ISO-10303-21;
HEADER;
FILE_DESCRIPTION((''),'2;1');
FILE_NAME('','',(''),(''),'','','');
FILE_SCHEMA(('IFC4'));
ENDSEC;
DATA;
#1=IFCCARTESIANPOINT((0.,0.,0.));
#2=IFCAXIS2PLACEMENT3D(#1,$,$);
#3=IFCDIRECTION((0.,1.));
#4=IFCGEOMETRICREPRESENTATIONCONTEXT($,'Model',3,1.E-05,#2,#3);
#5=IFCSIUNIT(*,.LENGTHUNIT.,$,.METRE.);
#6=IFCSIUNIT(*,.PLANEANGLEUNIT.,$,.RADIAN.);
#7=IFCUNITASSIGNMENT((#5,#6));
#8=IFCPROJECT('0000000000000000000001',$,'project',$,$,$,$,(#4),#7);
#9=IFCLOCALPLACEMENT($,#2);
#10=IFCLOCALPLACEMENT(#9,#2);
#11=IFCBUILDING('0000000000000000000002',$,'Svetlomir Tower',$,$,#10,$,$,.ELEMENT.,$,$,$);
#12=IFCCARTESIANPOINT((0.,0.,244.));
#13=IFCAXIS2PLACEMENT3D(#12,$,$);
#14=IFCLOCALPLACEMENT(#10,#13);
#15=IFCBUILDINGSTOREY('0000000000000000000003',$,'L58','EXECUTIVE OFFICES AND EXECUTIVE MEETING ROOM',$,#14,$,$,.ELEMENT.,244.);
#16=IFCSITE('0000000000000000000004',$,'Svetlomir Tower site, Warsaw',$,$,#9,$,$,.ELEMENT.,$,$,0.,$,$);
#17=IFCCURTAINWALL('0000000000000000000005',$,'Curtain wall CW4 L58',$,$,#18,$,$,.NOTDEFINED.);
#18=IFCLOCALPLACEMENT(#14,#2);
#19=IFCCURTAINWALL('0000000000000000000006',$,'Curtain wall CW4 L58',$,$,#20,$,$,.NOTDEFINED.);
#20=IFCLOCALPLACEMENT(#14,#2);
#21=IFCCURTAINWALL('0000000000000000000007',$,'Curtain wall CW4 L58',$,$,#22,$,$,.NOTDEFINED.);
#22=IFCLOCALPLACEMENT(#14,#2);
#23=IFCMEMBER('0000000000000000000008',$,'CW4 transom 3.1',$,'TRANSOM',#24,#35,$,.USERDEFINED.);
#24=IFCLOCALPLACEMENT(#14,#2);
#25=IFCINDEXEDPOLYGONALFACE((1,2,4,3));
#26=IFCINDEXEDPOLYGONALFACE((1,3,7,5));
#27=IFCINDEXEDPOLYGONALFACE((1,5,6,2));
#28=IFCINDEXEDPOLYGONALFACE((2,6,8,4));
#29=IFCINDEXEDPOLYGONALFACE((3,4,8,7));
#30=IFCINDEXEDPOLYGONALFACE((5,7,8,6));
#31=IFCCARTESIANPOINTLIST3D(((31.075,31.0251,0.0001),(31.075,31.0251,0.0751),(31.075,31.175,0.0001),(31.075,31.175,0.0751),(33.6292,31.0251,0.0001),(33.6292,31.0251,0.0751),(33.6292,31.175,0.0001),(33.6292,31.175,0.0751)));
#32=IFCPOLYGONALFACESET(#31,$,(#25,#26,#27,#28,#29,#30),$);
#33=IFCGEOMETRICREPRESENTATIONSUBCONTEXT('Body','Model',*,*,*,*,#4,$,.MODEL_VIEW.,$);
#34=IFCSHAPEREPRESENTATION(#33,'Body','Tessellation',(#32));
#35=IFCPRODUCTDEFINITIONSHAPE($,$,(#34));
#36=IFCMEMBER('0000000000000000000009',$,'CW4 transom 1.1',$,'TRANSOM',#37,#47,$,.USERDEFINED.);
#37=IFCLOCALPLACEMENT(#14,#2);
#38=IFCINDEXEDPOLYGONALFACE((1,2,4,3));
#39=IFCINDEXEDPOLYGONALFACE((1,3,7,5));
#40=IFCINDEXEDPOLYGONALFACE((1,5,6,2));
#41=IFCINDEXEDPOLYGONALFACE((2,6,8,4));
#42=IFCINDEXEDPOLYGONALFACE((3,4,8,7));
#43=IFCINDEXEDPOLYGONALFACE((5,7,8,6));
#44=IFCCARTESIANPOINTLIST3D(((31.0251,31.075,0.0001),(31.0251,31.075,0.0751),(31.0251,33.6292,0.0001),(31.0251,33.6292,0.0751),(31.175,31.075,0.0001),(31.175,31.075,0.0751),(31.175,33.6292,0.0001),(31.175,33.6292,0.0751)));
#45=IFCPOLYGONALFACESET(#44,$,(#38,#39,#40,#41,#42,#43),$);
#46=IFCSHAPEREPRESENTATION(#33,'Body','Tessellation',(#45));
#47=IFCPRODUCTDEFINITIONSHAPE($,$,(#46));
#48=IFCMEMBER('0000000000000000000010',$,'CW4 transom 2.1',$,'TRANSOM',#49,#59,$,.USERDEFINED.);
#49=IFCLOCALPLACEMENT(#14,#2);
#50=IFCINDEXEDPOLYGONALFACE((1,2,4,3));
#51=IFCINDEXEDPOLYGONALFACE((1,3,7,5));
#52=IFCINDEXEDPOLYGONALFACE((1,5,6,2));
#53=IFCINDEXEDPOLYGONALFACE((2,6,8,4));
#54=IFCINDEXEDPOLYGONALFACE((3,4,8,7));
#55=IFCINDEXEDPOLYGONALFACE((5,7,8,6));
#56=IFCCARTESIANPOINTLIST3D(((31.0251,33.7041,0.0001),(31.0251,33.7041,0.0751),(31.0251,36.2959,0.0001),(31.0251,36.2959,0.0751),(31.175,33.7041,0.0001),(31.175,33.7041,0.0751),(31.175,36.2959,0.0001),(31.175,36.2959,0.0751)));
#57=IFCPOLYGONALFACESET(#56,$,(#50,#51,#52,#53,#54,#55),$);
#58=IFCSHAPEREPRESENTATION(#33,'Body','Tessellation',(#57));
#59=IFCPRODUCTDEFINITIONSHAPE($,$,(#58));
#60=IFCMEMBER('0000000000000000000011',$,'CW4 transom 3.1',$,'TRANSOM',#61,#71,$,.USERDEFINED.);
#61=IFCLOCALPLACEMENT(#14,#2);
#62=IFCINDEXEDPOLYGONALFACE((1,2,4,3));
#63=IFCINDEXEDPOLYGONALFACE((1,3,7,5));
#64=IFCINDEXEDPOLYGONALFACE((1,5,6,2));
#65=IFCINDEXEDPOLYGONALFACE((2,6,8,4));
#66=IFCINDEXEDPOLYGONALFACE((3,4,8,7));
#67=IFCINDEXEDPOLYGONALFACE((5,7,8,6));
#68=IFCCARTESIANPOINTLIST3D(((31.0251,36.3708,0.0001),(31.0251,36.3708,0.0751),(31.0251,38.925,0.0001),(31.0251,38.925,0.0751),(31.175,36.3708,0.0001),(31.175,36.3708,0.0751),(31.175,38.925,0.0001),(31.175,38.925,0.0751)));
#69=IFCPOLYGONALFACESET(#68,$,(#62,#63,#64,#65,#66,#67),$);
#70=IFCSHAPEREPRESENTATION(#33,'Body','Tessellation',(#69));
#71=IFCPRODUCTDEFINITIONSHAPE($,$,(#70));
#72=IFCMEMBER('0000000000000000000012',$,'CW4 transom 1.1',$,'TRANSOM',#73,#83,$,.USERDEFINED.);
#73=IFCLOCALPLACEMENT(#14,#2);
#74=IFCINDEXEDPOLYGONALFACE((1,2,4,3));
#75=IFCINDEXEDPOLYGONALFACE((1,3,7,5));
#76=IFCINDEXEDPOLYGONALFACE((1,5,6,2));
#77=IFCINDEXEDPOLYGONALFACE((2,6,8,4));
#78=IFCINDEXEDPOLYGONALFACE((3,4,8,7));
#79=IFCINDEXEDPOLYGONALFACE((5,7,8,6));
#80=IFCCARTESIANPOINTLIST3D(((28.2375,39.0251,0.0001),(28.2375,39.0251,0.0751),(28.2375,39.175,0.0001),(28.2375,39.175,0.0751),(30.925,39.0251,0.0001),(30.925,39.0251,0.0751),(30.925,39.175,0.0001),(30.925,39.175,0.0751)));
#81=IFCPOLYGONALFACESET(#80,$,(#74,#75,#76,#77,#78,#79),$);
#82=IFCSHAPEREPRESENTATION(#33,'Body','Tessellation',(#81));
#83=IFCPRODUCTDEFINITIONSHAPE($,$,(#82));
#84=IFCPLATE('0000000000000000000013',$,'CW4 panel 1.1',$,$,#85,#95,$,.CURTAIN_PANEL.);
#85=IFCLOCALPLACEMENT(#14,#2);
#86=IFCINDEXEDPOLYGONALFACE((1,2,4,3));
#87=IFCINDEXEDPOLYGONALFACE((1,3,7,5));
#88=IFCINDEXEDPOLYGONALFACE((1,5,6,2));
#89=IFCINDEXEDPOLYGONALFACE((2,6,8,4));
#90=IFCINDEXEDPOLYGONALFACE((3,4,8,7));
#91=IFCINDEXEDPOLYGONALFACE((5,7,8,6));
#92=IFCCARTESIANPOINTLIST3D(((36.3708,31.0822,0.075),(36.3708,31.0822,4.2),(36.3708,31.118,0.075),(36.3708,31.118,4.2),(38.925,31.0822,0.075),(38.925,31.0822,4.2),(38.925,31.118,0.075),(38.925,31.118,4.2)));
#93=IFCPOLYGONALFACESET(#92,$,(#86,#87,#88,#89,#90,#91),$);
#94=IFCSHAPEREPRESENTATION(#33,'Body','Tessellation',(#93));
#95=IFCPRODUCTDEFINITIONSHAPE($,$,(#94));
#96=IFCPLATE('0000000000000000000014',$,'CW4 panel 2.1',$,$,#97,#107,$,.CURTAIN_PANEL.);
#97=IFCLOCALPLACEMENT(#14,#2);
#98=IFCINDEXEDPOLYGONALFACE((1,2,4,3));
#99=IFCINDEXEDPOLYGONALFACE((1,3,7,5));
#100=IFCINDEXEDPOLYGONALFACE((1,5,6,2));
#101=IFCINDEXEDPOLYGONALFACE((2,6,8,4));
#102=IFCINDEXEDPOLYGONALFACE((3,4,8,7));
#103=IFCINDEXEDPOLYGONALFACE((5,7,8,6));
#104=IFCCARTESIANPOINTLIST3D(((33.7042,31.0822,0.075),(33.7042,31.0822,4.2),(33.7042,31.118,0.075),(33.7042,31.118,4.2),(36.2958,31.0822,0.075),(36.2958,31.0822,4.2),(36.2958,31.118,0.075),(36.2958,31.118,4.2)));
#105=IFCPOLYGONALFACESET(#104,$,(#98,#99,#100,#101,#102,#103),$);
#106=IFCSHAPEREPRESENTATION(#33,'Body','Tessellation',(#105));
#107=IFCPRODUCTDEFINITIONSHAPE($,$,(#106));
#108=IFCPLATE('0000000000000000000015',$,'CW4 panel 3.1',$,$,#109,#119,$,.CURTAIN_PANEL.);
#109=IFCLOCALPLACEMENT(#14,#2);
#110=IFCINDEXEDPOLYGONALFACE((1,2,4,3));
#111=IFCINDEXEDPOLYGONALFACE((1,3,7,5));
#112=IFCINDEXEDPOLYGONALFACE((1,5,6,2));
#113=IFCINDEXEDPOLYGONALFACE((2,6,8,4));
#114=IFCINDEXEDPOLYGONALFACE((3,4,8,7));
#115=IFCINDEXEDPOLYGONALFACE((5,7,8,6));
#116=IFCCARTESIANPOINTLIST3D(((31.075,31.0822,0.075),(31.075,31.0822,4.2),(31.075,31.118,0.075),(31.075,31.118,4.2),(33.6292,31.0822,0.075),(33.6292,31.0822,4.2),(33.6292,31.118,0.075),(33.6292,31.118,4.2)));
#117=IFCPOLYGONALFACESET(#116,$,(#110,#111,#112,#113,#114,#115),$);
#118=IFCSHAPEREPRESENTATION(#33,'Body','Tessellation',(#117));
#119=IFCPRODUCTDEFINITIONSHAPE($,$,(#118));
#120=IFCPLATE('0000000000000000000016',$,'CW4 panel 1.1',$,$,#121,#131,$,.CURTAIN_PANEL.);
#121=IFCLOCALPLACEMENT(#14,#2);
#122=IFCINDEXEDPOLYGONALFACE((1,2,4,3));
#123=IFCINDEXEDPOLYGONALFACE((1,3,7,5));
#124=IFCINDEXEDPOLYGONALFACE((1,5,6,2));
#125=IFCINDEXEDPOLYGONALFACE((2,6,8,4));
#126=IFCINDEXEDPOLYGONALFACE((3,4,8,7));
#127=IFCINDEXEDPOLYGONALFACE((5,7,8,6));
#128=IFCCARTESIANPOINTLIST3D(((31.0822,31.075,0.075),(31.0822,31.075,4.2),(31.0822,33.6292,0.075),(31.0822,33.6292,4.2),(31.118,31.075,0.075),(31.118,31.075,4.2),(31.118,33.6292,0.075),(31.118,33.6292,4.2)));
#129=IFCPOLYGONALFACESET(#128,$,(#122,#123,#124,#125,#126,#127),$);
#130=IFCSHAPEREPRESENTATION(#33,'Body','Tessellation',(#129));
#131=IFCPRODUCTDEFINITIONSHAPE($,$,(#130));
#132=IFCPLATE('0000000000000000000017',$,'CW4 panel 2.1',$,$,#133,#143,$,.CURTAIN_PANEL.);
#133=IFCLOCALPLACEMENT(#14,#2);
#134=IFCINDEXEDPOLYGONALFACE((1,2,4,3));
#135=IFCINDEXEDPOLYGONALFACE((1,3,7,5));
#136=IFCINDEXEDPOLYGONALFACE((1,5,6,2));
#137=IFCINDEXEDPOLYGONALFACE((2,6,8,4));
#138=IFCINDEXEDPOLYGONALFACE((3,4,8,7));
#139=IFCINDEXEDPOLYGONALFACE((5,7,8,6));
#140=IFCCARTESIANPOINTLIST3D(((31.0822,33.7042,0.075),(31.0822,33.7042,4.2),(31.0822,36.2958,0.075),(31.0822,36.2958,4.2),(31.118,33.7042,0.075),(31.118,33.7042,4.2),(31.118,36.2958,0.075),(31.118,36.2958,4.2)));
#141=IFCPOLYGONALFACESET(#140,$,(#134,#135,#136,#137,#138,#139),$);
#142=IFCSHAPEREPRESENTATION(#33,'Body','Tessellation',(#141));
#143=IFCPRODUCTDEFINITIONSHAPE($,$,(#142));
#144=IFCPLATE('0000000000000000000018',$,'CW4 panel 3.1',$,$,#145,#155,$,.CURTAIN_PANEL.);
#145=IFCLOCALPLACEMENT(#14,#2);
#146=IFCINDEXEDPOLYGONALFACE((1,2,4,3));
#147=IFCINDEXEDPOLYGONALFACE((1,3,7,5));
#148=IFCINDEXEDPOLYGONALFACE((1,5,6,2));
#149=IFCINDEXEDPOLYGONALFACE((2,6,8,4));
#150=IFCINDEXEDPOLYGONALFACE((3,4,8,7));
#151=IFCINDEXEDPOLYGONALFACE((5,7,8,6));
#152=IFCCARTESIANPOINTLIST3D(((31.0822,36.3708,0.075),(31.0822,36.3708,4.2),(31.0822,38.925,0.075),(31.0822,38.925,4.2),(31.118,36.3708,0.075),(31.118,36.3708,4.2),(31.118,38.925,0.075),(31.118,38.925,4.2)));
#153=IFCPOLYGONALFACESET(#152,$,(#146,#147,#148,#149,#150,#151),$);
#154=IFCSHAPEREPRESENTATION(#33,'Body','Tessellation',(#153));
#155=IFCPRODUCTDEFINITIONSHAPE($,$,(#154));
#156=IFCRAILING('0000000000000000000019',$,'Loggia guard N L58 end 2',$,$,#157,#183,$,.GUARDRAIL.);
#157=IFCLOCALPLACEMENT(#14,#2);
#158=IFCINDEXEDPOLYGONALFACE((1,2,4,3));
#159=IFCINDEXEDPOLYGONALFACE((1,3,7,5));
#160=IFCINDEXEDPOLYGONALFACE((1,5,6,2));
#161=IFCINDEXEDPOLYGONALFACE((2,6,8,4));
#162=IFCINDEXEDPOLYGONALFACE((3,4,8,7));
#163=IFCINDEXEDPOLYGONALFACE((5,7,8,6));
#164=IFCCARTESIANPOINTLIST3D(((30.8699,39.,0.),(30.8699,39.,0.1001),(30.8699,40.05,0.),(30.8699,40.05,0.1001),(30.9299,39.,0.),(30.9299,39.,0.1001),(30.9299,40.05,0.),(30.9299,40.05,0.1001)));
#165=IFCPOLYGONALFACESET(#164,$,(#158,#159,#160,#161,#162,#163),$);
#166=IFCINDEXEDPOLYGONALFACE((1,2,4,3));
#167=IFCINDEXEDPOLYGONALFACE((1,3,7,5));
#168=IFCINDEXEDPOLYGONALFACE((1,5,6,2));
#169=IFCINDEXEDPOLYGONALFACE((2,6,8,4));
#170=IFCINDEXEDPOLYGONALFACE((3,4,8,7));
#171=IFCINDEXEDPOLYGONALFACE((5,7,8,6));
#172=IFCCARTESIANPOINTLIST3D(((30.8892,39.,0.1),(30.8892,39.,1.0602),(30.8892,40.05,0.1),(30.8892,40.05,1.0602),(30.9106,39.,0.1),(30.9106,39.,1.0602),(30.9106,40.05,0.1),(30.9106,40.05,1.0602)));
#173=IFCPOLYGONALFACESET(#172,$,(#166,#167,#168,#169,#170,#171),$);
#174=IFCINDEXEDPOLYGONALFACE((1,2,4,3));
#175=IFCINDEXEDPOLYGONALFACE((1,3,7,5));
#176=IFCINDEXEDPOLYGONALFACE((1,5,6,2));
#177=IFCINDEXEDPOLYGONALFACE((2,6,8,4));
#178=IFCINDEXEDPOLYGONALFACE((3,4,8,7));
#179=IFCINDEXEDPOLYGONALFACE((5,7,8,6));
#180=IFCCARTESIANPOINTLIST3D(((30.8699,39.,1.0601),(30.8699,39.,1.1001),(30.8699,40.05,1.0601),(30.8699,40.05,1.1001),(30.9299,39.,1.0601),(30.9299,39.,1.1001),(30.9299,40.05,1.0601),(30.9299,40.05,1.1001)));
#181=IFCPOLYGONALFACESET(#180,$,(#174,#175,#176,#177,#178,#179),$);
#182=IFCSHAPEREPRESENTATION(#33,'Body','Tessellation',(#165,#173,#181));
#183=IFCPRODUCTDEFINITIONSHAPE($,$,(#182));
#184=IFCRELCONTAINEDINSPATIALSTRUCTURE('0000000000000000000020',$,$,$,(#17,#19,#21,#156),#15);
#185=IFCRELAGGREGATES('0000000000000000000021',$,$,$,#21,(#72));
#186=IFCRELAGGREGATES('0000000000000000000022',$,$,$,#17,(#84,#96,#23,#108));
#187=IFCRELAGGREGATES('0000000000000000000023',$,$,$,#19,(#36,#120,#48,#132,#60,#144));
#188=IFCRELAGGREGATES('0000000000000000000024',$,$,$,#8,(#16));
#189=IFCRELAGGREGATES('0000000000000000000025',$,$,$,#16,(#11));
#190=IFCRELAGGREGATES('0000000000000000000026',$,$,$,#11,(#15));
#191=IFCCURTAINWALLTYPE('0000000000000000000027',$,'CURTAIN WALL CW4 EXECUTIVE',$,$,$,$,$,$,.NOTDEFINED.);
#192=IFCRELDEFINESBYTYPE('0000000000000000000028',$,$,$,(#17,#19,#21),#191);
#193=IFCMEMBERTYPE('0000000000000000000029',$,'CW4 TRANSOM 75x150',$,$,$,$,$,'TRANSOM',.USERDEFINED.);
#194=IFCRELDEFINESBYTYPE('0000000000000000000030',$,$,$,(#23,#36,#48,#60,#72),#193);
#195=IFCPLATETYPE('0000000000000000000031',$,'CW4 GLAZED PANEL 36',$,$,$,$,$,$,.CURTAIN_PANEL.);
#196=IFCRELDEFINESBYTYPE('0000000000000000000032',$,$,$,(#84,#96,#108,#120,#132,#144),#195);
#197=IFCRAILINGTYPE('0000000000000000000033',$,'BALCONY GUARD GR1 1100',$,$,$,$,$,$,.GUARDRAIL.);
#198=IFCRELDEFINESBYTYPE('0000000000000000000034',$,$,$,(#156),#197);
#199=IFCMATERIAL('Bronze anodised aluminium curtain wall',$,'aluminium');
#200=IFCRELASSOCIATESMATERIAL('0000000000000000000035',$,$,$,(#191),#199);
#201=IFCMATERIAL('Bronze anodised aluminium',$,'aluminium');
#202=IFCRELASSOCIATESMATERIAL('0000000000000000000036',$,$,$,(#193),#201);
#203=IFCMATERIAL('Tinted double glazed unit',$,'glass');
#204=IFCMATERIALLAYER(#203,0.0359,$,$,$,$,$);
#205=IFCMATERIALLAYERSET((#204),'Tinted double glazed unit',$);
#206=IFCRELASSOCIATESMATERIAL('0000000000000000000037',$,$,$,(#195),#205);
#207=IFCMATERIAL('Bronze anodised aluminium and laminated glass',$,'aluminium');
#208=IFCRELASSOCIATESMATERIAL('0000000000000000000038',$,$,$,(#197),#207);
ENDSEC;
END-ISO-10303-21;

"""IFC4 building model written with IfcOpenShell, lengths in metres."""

from ifc_helpers import new_model, si_unit, direction, frame, origin, origin_2d, place, context, subcontext, project, spatial, rectangle, extrude, material, layer, layer_set, material_profile, profile_set, type_object, element, aggregate, save


model = new_model("IFC4")

# Units and contexts
model_context = context("Model", 3, precision=1e-05, world=origin(), true_north=direction((0.0, 1.0)))
body_context = subcontext(model_context, "Body", "Model", "MODEL_VIEW")
ifc_project = project(units=[si_unit("LENGTHUNIT", "METRE"), si_unit("PLANEANGLEUNIT", "RADIAN")], contexts=[model_context])

# Site, building, storey
site_placement = place(None, origin())
site = spatial("IfcSite", under=ifc_project, at=site_placement, Name="Svetlomir Tower site, Warsaw", CompositionType="ELEMENT", RefElevation=0.0)
building_placement = place(site_placement, origin())
building = spatial("IfcBuilding", under=site, at=building_placement, Name="Svetlomir Tower", CompositionType="ELEMENT")
storey_placement = place(building_placement, frame((0.0, 0.0, 244.0)))
storey = spatial("IfcBuildingStorey", under=building, at=storey_placement, Name="L58", Description="EXECUTIVE OFFICES AND EXECUTIVE MEETING ROOM", CompositionType="ELEMENT", Elevation=244.0)

# Curtain walls
ifc_material_1 = material(Name="Bronze anodised aluminium curtain wall", Category="aluminium")
curtain_wall_type = type_object("IfcCurtainWallType", Name="CURTAIN WALL CW4 EXECUTIVE", PredefinedType="NOTDEFINED", material=ifc_material_1)
curtain_wall_1_placement = place(storey_placement, origin())
curtain_wall_1 = element("IfcCurtainWall", 1, at=curtain_wall_1_placement, inside=storey, type_object=curtain_wall_type, Name="Curtain wall CW4 L58", PredefinedType="NOTDEFINED")
curtain_wall_2_placement = place(storey_placement, origin())
curtain_wall_2 = element("IfcCurtainWall", 2, at=curtain_wall_2_placement, inside=storey, type_object=curtain_wall_type, Name="Curtain wall CW4 L58", PredefinedType="NOTDEFINED")

# Curtain wall
curtain_wall_3_placement = place(storey_placement, origin())
curtain_wall_3 = element("IfcCurtainWall", 3, at=curtain_wall_3_placement, inside=storey, type_object=curtain_wall_type, Name="Curtain wall CW4 L58", PredefinedType="NOTDEFINED")

# Members
ifc_material_2 = material(Name="Bronze anodised aluminium", Category="aluminium")
ifc_material_profile_1 = material_profile(ifc_material_2, rectangle(XDim=0.1499, YDim=0.075, at=origin_2d()), Name="AL 150x75")
ifc_profile_set_1 = profile_set([ifc_material_profile_1], Name="Bronze anodised aluminium 6063-T6")
member_type_1 = type_object("IfcMemberType", Name="CW4 TRANSOM 75x150", ElementType="TRANSOM", PredefinedType="USERDEFINED", material=ifc_profile_set_1)
member_1_placement = place(storey_placement, frame((33.6292, 31.1001, 0.0376), z_axis=(-1.0, 0.0, 0.0), x_axis=(0.0, -1.0, 0.0)))
member_1 = element("IfcMember", 4, at=member_1_placement, type_object=member_type_1, Name="CW4 transom 3.1", ObjectType="TRANSOM", PredefinedType="USERDEFINED", context=body_context, shape_type="SweptSolid", body=[
    extrude(rectangle(XDim=0.1499, YDim=0.075, at=origin_2d()), origin(), (0.0, 0.0, 1.0), 2.5542),
])
member_2_placement = place(storey_placement, frame((31.1001, 31.075, 0.0376), z_axis=(0.0, 1.0, 0.0), x_axis=(-1.0, 0.0, 0.0)))
member_2 = element("IfcMember", 5, at=member_2_placement, type_object=member_type_1, Name="CW4 transom 1.1", ObjectType="TRANSOM", PredefinedType="USERDEFINED", context=body_context, shape_type="SweptSolid", body=[
    extrude(rectangle(XDim=0.1499, YDim=0.075, at=origin_2d()), origin(), (0.0, 0.0, 1.0), 2.5542),
])
member_3_placement = place(storey_placement, frame((31.1001, 33.7041, 0.0376), z_axis=(0.0, 1.0, 0.0), x_axis=(-1.0, 0.0, 0.0)))
member_3 = element("IfcMember", 6, at=member_3_placement, type_object=member_type_1, Name="CW4 transom 2.1", ObjectType="TRANSOM", PredefinedType="USERDEFINED", context=body_context, shape_type="SweptSolid", body=[
    extrude(rectangle(XDim=0.1499, YDim=0.075, at=origin_2d()), origin(), (0.0, 0.0, 1.0), 2.5918),
])
member_4_placement = place(storey_placement, frame((31.1001, 36.3708, 0.0376), z_axis=(0.0, 1.0, 0.0), x_axis=(-1.0, 0.0, 0.0)))
member_4 = element("IfcMember", 7, at=member_4_placement, type_object=member_type_1, Name="CW4 transom 3.1", ObjectType="TRANSOM", PredefinedType="USERDEFINED", context=body_context, shape_type="SweptSolid", body=[
    extrude(rectangle(XDim=0.1499, YDim=0.075, at=origin_2d()), origin(), (0.0, 0.0, 1.0), 2.5542),
])
member_5_placement = place(storey_placement, frame((30.925, 39.1001, 0.0376), z_axis=(-1.0, 0.0, 0.0), x_axis=(0.0, -1.0, 0.0)))
member_5 = element("IfcMember", 8, at=member_5_placement, type_object=member_type_1, Name="CW4 transom 1.1", ObjectType="TRANSOM", PredefinedType="USERDEFINED", context=body_context, shape_type="SweptSolid", body=[
    extrude(rectangle(XDim=0.1499, YDim=0.075, at=origin_2d()), origin(), (0.0, 0.0, 1.0), 2.6875),
])
aggregate(curtain_wall_3, [member_5])

# Plates
ifc_material_3 = material(Name="Tinted double glazed unit", Category="glass")
ifc_layer = layer(ifc_material_3, 0.0359)
ifc_layer_set = layer_set([ifc_layer], Name="Tinted double glazed unit")
plate_type = type_object("IfcPlateType", Name="CW4 GLAZED PANEL 36", PredefinedType="CURTAIN_PANEL", material=ifc_layer_set)
plate_1_placement = place(storey_placement, frame((37.6479, 31.1001, 0.075), z_axis=(0.0, 0.0, 1.0), x_axis=(-1.0, 0.0, 0.0)))
plate_1 = element("IfcPlate", 9, at=plate_1_placement, type_object=plate_type, Name="CW4 panel 1.1", PredefinedType="CURTAIN_PANEL", context=body_context, shape_type="SweptSolid", body=[
    extrude(rectangle(XDim=2.5542, YDim=0.0359, at=origin_2d()), origin(), (0.0, 0.0, 1.0), 4.125),
])
plate_2_placement = place(storey_placement, frame((35.0, 31.1001, 0.075), z_axis=(0.0, 0.0, 1.0), x_axis=(-1.0, 0.0, 0.0)))
plate_2 = element("IfcPlate", 10, at=plate_2_placement, type_object=plate_type, Name="CW4 panel 2.1", PredefinedType="CURTAIN_PANEL", context=body_context, shape_type="SweptSolid", body=[
    extrude(rectangle(XDim=2.5916, YDim=0.0359, at=origin_2d()), origin(), (0.0, 0.0, 1.0), 4.125),
])
plate_3_placement = place(storey_placement, frame((32.3521, 31.1001, 0.075), z_axis=(0.0, 0.0, 1.0), x_axis=(-1.0, 0.0, 0.0)))
plate_3 = element("IfcPlate", 11, at=plate_3_placement, type_object=plate_type, Name="CW4 panel 3.1", PredefinedType="CURTAIN_PANEL", context=body_context, shape_type="SweptSolid", body=[
    extrude(rectangle(XDim=2.5542, YDim=0.0359, at=origin_2d()), origin(), (0.0, 0.0, 1.0), 4.125),
])
aggregate(curtain_wall_1, [plate_1, plate_2, member_1, plate_3])
plate_4_placement = place(storey_placement, frame((31.1001, 32.3521, 0.075), z_axis=(0.0, 0.0, 1.0), x_axis=(0.0, 1.0, 0.0)))
plate_4 = element("IfcPlate", 12, at=plate_4_placement, type_object=plate_type, Name="CW4 panel 1.1", PredefinedType="CURTAIN_PANEL", context=body_context, shape_type="SweptSolid", body=[
    extrude(rectangle(XDim=2.5542, YDim=0.0359, at=origin_2d()), origin(), (0.0, 0.0, 1.0), 4.125),
])
plate_5_placement = place(storey_placement, frame((31.1001, 35.0, 0.075), z_axis=(0.0, 0.0, 1.0), x_axis=(0.0, 1.0, 0.0)))
plate_5 = element("IfcPlate", 13, at=plate_5_placement, type_object=plate_type, Name="CW4 panel 2.1", PredefinedType="CURTAIN_PANEL", context=body_context, shape_type="SweptSolid", body=[
    extrude(rectangle(XDim=2.5916, YDim=0.0359, at=origin_2d()), origin(), (0.0, 0.0, 1.0), 4.125),
])
plate_6_placement = place(storey_placement, frame((31.1001, 37.6479, 0.075), z_axis=(0.0, 0.0, 1.0), x_axis=(0.0, 1.0, 0.0)))
plate_6 = element("IfcPlate", 14, at=plate_6_placement, type_object=plate_type, Name="CW4 panel 3.1", PredefinedType="CURTAIN_PANEL", context=body_context, shape_type="SweptSolid", body=[
    extrude(rectangle(XDim=2.5542, YDim=0.0359, at=origin_2d()), origin(), (0.0, 0.0, 1.0), 4.125),
])
aggregate(curtain_wall_2, [member_2, plate_4, member_3, plate_5, member_4, plate_6])

# Railing
ifc_material_4 = material(Name="Bronze anodised aluminium and laminated glass", Category="aluminium")
railing_type = type_object("IfcRailingType", Name="BALCONY GUARD GR1 1100", PredefinedType="GUARDRAIL", material=ifc_material_4)
railing_placement = place(storey_placement, frame((30.8999, 40.05, 0.0)))
element("IfcRailing", 15, at=railing_placement, inside=storey, type_object=railing_type, Name="Loggia guard N L58 end 2", PredefinedType="GUARDRAIL", context=body_context, shape_type="SweptSolid", body=[
    extrude(rectangle(XDim=0.0601, YDim=0.1001, at=origin_2d()), frame((0.0, 0.0, 0.05), z_axis=(0.0, -1.0, 0.0), x_axis=(1.0, 0.0, 0.0)), (0.0, 0.0, 1.0), 1.05),
    extrude(rectangle(XDim=0.0215, YDim=0.9602, at=origin_2d()), frame((0.0, 0.0, 0.5801), z_axis=(0.0, -1.0, 0.0), x_axis=(1.0, 0.0, 0.0)), (0.0, 0.0, 1.0), 1.05),
    extrude(rectangle(XDim=0.0601, YDim=0.04, at=origin_2d()), frame((0.0, 0.0, 1.0801), z_axis=(0.0, -1.0, 0.0), x_axis=(1.0, 0.0, 0.0)), (0.0, 0.0, 1.0), 1.05),
])

save(model, "model.ifc")
